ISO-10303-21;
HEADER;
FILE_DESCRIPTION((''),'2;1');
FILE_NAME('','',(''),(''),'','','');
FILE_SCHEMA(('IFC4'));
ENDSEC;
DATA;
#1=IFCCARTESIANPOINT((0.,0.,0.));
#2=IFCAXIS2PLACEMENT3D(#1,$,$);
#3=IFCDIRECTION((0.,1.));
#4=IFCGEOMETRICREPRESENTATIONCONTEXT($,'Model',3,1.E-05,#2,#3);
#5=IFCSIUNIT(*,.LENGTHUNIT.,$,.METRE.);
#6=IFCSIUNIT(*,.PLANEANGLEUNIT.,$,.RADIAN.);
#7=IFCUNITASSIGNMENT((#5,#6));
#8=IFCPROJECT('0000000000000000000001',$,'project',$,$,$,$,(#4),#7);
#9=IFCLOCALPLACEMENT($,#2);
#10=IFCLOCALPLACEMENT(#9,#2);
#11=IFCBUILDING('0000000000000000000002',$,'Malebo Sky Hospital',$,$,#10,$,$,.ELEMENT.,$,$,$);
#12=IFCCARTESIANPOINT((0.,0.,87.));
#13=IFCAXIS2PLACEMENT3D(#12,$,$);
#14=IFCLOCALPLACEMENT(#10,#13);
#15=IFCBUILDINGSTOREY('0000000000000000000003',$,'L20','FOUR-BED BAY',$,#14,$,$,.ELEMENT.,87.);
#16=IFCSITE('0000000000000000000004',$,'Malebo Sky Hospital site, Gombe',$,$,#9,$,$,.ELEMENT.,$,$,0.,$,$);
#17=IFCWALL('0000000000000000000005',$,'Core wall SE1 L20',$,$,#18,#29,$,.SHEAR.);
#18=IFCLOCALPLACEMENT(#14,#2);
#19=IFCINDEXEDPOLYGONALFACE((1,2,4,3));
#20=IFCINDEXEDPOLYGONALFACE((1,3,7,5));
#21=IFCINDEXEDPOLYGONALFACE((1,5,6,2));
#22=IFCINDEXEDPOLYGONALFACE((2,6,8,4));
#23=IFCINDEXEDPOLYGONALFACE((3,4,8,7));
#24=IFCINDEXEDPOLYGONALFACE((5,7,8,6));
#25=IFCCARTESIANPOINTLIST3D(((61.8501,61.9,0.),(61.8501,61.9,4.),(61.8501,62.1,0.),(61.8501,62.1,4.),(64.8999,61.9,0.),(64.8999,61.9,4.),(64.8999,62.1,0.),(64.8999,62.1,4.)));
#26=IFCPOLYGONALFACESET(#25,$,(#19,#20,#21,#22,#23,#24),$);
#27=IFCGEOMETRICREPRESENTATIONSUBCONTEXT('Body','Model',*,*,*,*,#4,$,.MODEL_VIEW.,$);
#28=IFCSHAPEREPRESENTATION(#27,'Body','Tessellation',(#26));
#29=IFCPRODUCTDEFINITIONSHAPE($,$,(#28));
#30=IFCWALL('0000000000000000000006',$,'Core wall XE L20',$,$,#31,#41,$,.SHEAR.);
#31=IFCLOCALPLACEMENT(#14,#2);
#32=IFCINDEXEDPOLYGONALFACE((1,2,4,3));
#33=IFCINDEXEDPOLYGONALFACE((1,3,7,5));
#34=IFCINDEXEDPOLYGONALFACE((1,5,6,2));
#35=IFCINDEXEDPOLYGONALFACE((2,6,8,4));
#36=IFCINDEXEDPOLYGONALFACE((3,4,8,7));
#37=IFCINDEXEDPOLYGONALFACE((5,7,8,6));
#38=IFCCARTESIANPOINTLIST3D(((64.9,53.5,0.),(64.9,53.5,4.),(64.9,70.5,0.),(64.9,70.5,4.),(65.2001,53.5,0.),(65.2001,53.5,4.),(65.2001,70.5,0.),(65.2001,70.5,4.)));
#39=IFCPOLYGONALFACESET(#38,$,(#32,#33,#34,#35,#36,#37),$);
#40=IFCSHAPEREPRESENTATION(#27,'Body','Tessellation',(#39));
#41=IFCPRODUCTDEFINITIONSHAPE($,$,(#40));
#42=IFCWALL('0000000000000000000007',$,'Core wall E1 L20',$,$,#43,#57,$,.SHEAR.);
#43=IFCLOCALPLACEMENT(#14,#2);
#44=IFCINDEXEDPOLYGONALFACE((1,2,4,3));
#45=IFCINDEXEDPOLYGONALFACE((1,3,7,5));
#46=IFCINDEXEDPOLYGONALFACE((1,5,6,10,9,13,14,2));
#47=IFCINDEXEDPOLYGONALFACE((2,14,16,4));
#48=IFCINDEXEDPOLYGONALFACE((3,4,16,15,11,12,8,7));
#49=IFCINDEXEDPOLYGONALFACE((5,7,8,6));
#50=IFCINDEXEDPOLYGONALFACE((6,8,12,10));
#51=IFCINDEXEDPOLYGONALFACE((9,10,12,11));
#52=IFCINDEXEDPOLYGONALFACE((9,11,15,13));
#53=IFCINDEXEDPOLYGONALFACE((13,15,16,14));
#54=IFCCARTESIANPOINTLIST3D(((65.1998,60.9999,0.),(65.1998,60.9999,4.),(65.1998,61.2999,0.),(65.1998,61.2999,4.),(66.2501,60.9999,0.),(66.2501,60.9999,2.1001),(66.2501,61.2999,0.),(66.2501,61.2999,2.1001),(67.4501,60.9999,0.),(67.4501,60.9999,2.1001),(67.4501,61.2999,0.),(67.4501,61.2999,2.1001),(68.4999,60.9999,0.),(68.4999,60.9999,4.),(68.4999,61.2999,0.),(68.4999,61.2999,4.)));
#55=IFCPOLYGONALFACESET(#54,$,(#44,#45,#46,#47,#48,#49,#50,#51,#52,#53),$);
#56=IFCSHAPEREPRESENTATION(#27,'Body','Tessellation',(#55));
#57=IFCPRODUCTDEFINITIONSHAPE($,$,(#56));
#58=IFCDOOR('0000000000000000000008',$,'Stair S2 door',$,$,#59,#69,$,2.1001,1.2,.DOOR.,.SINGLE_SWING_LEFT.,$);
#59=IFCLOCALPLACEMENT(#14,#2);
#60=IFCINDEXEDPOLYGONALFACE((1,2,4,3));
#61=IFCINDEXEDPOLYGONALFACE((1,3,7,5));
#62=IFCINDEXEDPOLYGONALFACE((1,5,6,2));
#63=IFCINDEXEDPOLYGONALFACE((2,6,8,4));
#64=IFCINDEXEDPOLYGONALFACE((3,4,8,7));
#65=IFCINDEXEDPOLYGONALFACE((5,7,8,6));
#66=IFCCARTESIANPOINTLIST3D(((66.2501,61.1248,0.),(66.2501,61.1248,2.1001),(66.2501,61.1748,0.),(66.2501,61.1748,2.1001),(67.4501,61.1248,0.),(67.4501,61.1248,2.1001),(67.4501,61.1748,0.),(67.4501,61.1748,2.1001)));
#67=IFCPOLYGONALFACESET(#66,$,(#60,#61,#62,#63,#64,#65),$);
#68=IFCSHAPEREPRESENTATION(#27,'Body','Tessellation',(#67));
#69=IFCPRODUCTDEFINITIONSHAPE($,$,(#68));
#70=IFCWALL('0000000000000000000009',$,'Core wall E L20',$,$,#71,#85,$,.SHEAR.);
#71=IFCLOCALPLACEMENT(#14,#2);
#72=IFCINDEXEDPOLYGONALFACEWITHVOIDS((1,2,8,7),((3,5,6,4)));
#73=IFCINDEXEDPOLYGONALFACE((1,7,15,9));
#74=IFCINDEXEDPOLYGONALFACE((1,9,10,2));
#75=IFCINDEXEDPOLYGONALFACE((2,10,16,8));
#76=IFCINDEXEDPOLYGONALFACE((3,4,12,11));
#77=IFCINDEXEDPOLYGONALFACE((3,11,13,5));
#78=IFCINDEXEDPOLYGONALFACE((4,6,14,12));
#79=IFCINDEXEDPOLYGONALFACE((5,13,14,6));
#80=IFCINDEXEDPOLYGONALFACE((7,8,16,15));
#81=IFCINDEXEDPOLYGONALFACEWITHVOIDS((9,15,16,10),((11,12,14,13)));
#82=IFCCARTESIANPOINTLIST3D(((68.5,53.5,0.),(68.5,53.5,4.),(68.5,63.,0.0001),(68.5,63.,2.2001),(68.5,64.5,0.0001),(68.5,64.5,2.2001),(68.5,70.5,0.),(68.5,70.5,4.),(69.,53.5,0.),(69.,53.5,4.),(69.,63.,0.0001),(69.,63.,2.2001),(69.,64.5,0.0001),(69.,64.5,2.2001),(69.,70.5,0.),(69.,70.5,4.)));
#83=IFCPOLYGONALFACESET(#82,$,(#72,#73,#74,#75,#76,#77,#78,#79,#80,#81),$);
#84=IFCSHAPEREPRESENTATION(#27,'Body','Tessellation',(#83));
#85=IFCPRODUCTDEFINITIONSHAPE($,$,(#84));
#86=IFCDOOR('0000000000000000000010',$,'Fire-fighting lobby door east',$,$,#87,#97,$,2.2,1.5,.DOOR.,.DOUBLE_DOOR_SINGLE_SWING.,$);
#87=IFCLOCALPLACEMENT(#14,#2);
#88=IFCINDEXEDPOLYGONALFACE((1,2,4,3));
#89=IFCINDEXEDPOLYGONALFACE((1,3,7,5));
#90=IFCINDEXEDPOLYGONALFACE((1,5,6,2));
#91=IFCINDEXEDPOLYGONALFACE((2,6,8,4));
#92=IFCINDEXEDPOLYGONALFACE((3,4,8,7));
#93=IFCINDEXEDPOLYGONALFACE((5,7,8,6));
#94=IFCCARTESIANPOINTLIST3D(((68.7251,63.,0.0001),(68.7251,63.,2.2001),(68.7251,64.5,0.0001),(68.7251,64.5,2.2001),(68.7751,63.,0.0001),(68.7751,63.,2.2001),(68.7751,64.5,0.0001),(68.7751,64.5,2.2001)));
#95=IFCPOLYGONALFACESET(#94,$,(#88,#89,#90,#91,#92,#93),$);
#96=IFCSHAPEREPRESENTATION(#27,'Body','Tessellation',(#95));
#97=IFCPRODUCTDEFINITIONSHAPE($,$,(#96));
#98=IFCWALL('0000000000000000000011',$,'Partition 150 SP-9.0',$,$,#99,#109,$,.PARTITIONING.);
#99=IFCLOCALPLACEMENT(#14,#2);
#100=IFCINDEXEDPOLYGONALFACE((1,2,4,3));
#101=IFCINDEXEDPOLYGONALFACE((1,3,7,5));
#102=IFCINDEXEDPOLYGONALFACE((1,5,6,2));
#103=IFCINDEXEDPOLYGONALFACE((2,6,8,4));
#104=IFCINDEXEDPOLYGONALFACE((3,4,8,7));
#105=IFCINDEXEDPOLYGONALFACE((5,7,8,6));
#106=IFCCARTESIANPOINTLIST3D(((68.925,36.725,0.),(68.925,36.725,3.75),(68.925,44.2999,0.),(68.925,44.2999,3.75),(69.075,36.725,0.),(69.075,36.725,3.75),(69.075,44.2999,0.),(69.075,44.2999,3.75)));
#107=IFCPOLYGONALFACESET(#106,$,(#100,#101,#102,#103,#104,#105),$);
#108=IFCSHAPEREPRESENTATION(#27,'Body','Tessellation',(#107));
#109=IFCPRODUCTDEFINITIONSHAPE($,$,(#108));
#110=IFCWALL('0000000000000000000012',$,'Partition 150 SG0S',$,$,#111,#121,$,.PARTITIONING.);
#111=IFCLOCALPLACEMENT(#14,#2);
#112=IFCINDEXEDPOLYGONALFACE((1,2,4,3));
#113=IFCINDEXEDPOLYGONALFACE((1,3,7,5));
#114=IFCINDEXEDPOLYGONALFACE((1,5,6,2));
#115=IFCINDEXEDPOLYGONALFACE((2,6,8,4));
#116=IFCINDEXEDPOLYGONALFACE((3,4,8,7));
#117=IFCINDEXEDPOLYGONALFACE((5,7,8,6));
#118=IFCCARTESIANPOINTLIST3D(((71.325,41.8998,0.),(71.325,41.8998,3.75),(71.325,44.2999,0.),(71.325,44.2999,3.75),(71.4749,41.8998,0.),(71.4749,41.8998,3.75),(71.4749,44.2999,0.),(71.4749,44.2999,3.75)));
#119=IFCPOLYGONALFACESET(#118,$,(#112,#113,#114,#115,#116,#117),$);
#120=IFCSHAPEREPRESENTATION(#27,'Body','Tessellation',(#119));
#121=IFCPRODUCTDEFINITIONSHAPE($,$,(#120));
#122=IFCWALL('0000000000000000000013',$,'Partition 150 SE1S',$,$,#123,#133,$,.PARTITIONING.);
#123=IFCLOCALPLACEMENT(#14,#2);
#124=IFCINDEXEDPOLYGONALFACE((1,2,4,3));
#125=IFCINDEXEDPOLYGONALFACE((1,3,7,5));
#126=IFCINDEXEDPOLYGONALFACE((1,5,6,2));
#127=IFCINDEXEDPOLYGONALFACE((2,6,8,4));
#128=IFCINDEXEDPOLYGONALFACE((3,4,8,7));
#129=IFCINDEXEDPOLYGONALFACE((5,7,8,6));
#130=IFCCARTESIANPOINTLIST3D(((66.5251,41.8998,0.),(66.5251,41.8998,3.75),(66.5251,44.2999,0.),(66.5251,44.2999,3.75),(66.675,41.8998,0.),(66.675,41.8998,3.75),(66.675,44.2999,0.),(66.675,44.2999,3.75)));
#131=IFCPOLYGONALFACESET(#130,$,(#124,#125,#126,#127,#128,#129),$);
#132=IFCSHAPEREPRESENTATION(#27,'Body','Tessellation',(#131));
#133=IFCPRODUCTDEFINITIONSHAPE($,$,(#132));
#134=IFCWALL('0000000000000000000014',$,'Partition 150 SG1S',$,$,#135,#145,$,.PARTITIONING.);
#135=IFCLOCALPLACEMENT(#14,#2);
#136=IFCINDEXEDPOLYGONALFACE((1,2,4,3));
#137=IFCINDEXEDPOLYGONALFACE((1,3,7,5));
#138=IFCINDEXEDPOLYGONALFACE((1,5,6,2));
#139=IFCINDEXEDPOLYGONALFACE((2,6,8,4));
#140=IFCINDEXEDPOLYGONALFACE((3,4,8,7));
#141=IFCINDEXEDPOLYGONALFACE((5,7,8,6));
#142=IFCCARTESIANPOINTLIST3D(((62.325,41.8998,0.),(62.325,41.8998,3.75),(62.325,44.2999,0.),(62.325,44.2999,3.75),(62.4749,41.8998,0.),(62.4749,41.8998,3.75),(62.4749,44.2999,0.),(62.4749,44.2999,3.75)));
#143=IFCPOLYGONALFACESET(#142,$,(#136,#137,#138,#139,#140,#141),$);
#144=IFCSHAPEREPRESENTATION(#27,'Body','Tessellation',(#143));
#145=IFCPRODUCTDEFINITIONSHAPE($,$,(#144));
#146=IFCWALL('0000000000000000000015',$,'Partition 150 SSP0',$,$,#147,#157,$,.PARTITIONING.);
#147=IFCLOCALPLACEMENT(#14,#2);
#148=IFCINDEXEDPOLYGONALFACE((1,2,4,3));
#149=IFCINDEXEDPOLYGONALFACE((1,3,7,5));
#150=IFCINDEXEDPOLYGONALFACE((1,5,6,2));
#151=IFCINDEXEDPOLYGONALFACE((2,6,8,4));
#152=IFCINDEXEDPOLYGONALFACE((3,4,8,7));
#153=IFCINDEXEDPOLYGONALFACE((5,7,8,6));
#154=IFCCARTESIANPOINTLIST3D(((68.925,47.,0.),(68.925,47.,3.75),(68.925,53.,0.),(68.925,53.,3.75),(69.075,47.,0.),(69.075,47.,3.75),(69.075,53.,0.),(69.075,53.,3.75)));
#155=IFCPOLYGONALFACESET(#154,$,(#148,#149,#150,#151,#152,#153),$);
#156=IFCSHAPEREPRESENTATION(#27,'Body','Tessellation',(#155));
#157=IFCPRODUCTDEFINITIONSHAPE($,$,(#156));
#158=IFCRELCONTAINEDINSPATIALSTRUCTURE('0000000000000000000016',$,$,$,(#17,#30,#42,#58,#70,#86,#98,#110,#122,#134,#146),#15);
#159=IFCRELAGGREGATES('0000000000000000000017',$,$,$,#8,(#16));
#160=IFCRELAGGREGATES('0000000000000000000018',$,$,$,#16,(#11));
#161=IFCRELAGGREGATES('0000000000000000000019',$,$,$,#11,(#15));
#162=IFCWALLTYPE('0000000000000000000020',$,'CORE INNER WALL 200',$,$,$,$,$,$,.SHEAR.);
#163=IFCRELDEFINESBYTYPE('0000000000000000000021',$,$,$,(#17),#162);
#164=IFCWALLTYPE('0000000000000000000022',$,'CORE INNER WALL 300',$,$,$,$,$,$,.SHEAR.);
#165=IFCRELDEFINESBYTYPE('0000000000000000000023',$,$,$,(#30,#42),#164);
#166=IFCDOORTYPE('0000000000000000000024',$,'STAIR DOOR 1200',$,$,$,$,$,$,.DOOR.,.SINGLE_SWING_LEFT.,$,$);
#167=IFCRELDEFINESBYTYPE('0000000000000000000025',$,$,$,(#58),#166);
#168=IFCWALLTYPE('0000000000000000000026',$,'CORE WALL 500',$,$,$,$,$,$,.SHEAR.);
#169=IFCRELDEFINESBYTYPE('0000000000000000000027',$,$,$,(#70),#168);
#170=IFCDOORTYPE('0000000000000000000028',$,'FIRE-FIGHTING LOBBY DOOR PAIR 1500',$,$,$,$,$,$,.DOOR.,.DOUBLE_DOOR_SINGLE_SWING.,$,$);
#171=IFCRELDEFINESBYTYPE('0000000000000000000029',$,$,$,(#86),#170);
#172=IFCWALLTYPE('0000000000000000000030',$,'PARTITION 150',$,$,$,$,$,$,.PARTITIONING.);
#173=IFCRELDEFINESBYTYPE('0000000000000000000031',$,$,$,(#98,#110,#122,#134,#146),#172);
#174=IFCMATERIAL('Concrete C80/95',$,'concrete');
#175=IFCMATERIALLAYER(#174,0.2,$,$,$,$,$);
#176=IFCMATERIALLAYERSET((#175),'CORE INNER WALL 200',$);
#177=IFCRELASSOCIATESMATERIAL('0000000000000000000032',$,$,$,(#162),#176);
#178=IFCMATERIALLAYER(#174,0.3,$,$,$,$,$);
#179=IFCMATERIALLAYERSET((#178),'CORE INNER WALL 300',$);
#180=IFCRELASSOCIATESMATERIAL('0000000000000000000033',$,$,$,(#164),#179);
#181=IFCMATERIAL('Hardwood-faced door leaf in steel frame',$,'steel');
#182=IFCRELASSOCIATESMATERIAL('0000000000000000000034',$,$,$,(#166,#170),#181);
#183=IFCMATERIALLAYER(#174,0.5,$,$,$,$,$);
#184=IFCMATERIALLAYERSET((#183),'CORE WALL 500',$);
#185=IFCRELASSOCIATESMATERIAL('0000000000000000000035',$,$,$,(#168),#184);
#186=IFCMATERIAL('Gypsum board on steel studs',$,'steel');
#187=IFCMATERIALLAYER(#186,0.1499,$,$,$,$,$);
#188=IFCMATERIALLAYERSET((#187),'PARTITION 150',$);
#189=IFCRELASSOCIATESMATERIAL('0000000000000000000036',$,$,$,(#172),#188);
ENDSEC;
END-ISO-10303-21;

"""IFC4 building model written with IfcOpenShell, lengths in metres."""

from ifc_helpers import new_model, si_unit, direction, frame, frame_2d, origin, place, context, subcontext, project, spatial, rectangle, extrude, material, layer, layer_set, type_object, element, fill, save


model = new_model("IFC4")

# Units and contexts
model_context = context("Model", 3, precision=1e-05, world=origin(), true_north=direction((0.0, 1.0)))
body_context = subcontext(model_context, "Body", "Model", "MODEL_VIEW")
ifc_project = project(units=[si_unit("LENGTHUNIT", "METRE"), si_unit("PLANEANGLEUNIT", "RADIAN")], contexts=[model_context])

# Site, building, storey
site_placement = place(None, origin())
site = spatial("IfcSite", under=ifc_project, at=site_placement, Name="Malebo Sky Hospital site, Gombe", CompositionType="ELEMENT", RefElevation=0.0)
building_placement = place(site_placement, origin())
building = spatial("IfcBuilding", under=site, at=building_placement, Name="Malebo Sky Hospital", CompositionType="ELEMENT")
storey_placement = place(building_placement, frame((0.0, 0.0, 87.0)))
storey = spatial("IfcBuildingStorey", under=building, at=storey_placement, Name="L20", Description="FOUR-BED BAY", CompositionType="ELEMENT", Elevation=87.0)

# Shared definitions
ifc_material_1 = material(Name="Concrete C80/95", Category="concrete")
ifc_layer_1 = layer(ifc_material_1, 0.2)
ifc_layer_set_1 = layer_set([ifc_layer_1], Name="CORE INNER WALL 200")
wall_type_1 = type_object("IfcWallType", Name="CORE INNER WALL 200", PredefinedType="SHEAR", material=ifc_layer_set_1)

# Walls
for number, where, z_axis, x_axis, name in (
    (1, (61.8501, 62.0, 0.0), (0.0, 0.0, 1.0), (1.0, 0.0, 0.0), "Core wall SE1 L20"),
):
    element("IfcWall", number, at=place(storey_placement, frame(where, z_axis=z_axis, x_axis=x_axis)), inside=storey, type_object=wall_type_1, Name=name, PredefinedType="SHEAR", context=body_context, shape_type="SweptSolid", body=[
        extrude(rectangle(XDim=3.0498, YDim=0.2, at=frame_2d((1.5249, 0.0))), origin(), (0.0, 0.0, 1.0), 4.0),
    ])
ifc_layer_2 = layer(ifc_material_1, 0.3)
ifc_layer_set_2 = layer_set([ifc_layer_2], Name="CORE INNER WALL 300")
wall_type_2 = type_object("IfcWallType", Name="CORE INNER WALL 300", PredefinedType="SHEAR", material=ifc_layer_set_2)
wall_1_placement = place(storey_placement, frame((65.05, 53.5, 0.0), z_axis=(0.0, 0.0, 1.0), x_axis=(0.0, 1.0, 0.0)))
element("IfcWall", 2, at=wall_1_placement, inside=storey, type_object=wall_type_2, Name="Core wall XE L20", PredefinedType="SHEAR", context=body_context, shape_type="SweptSolid", body=[
    extrude(rectangle(XDim=17.0, YDim=0.3, at=frame_2d((8.5, 0.0))), origin(), (0.0, 0.0, 1.0), 4.0),
])

# Walls, openings, doors
wall_2_placement = place(storey_placement, frame((65.2, 61.1499, 0.0), z_axis=(0.0, 0.0, 1.0), x_axis=(1.0, 0.0, 0.0)))
wall_2 = element("IfcWall", 3, at=wall_2_placement, inside=storey, type_object=wall_type_2, Name="Core wall E1 L20", PredefinedType="SHEAR", context=body_context, shape_type="SweptSolid", body=[
    extrude(rectangle(XDim=3.3, YDim=0.3, at=frame_2d((1.6499, 0.0))), origin(), (0.0, 0.0, 1.0), 4.0),
])
opening_1_placement = place(wall_2_placement, frame((1.05, 0.0, 0.0)))
opening_1 = element("IfcOpeningElement", 4, at=opening_1_placement, cuts=wall_2, PredefinedType="OPENING", context=body_context, shape_type="SweptSolid", body=[
    extrude(rectangle(XDim=1.2, YDim=2.1001, at=frame_2d((0.6001, 1.05))), frame((0.0, 0.1599, 0.0), z_axis=(0.0, -1.0, 0.0), x_axis=(1.0, 0.0, 0.0)), (0.0, 0.0, 1.0), 0.3201),
])
ifc_material_2 = material(Name="Hardwood-faced door leaf in steel frame", Category="steel")
door_type_1 = type_object("IfcDoorType", Name="STAIR DOOR 1200", OperationType="SINGLE_SWING_LEFT", PredefinedType="DOOR", material=ifc_material_2)
door_1_placement = place(opening_1_placement, origin())
door_1 = element("IfcDoor", 5, at=door_1_placement, inside=storey, type_object=door_type_1, Name="Stair S2 door", OperationType="SINGLE_SWING_LEFT", OverallHeight=2.1001, OverallWidth=1.2, PredefinedType="DOOR", context=body_context, shape_type="SweptSolid", body=[
    extrude(rectangle(XDim=1.2, YDim=2.1001, at=frame_2d((0.6001, 1.05))), frame((0.0, 0.0249, 0.0), z_axis=(0.0, -1.0, 0.0), x_axis=(1.0, 0.0, 0.0)), (0.0, 0.0, 1.0), 0.05),
])
fill(opening_1, door_1)
ifc_layer_3 = layer(ifc_material_1, 0.5)
ifc_layer_set_3 = layer_set([ifc_layer_3], Name="CORE WALL 500")
wall_type_3 = type_object("IfcWallType", Name="CORE WALL 500", PredefinedType="SHEAR", material=ifc_layer_set_3)
wall_3_placement = place(storey_placement, frame((68.75, 53.5, 0.0), z_axis=(0.0, 0.0, 1.0), x_axis=(0.0, 1.0, 0.0)))
wall_3 = element("IfcWall", 6, at=wall_3_placement, inside=storey, type_object=wall_type_3, Name="Core wall E L20", PredefinedType="SHEAR", context=body_context, shape_type="SweptSolid", body=[
    extrude(rectangle(XDim=17.0, YDim=0.5, at=frame_2d((8.5, 0.0))), origin(), (0.0, 0.0, 1.0), 4.0),
])
opening_2_placement = place(wall_3_placement, frame((9.5, 0.0, 0.0)))
opening_2 = element("IfcOpeningElement", 7, at=opening_2_placement, cuts=wall_3, PredefinedType="OPENING", context=body_context, shape_type="SweptSolid", body=[
    extrude(rectangle(XDim=1.5, YDim=2.2, at=frame_2d((0.75, 1.1001))), frame((0.0, 0.26, 0.0), z_axis=(0.0, -1.0, 0.0), x_axis=(1.0, 0.0, 0.0)), (0.0, 0.0, 1.0), 0.52),
])
door_type_2 = type_object("IfcDoorType", Name="FIRE-FIGHTING LOBBY DOOR PAIR 1500", OperationType="DOUBLE_DOOR_SINGLE_SWING", PredefinedType="DOOR", material=ifc_material_2)
door_2_placement = place(opening_2_placement, origin())
door_2 = element("IfcDoor", 8, at=door_2_placement, inside=storey, type_object=door_type_2, Name="Fire-fighting lobby door east", OperationType="DOUBLE_DOOR_SINGLE_SWING", OverallHeight=2.2, OverallWidth=1.5, PredefinedType="DOOR", context=body_context, shape_type="SweptSolid", body=[
    extrude(rectangle(XDim=1.5, YDim=2.2, at=frame_2d((0.75, 1.1001))), frame((0.0, 0.0249, 0.0), z_axis=(0.0, -1.0, 0.0), x_axis=(1.0, 0.0, 0.0)), (0.0, 0.0, 1.0), 0.05),
])
fill(opening_2, door_2)

# Walls
ifc_material_3 = material(Name="Gypsum board on steel studs", Category="steel")
ifc_layer_4 = layer(ifc_material_3, 0.1499)
ifc_layer_set_4 = layer_set([ifc_layer_4], Name="PARTITION 150")
wall_type_4 = type_object("IfcWallType", Name="PARTITION 150", PredefinedType="PARTITIONING", material=ifc_layer_set_4)
wall_4_placement = place(storey_placement, frame((69.0, 44.3, 0.0), z_axis=(0.0, 0.0, 1.0), x_axis=(0.0, -1.0, 0.0)))
element("IfcWall", 9, at=wall_4_placement, inside=storey, type_object=wall_type_4, Name="Partition 150 SP-9.0", PredefinedType="PARTITIONING", context=body_context, shape_type="SweptSolid", body=[
    extrude(rectangle(XDim=7.575, YDim=0.1499, at=frame_2d((3.7876, 0.0))), origin(), (0.0, 0.0, 1.0), 3.75),
])
for number, where, z_axis, x_axis, name in (
    (10, (71.3999, 44.3, 0.0), (0.0, 0.0, 1.0), (0.0, -1.0, 0.0), "Partition 150 SG0S"),
    (11, (66.6001, 44.3, 0.0), (0.0, 0.0, 1.0), (0.0, -1.0, 0.0), "Partition 150 SE1S"),
    (12, (62.3999, 44.3, 0.0), (0.0, 0.0, 1.0), (0.0, -1.0, 0.0), "Partition 150 SG1S"),
):
    element("IfcWall", number, at=place(storey_placement, frame(where, z_axis=z_axis, x_axis=x_axis)), inside=storey, type_object=wall_type_4, Name=name, PredefinedType="PARTITIONING", context=body_context, shape_type="SweptSolid", body=[
        extrude(rectangle(XDim=2.4001, YDim=0.1499, at=frame_2d((1.2002, 0.0))), origin(), (0.0, 0.0, 1.0), 3.75),
    ])
wall_5_placement = place(storey_placement, frame((69.0, 53.0, 0.0), z_axis=(0.0, 0.0, 1.0), x_axis=(0.0, -1.0, 0.0)))
element("IfcWall", 13, at=wall_5_placement, inside=storey, type_object=wall_type_4, Name="Partition 150 SSP0", PredefinedType="PARTITIONING", context=body_context, shape_type="SweptSolid", body=[
    extrude(rectangle(XDim=6.0, YDim=0.1499, at=frame_2d((3.0, 0.0))), origin(), (0.0, 0.0, 1.0), 3.75),
])

save(model, "model.ifc")
